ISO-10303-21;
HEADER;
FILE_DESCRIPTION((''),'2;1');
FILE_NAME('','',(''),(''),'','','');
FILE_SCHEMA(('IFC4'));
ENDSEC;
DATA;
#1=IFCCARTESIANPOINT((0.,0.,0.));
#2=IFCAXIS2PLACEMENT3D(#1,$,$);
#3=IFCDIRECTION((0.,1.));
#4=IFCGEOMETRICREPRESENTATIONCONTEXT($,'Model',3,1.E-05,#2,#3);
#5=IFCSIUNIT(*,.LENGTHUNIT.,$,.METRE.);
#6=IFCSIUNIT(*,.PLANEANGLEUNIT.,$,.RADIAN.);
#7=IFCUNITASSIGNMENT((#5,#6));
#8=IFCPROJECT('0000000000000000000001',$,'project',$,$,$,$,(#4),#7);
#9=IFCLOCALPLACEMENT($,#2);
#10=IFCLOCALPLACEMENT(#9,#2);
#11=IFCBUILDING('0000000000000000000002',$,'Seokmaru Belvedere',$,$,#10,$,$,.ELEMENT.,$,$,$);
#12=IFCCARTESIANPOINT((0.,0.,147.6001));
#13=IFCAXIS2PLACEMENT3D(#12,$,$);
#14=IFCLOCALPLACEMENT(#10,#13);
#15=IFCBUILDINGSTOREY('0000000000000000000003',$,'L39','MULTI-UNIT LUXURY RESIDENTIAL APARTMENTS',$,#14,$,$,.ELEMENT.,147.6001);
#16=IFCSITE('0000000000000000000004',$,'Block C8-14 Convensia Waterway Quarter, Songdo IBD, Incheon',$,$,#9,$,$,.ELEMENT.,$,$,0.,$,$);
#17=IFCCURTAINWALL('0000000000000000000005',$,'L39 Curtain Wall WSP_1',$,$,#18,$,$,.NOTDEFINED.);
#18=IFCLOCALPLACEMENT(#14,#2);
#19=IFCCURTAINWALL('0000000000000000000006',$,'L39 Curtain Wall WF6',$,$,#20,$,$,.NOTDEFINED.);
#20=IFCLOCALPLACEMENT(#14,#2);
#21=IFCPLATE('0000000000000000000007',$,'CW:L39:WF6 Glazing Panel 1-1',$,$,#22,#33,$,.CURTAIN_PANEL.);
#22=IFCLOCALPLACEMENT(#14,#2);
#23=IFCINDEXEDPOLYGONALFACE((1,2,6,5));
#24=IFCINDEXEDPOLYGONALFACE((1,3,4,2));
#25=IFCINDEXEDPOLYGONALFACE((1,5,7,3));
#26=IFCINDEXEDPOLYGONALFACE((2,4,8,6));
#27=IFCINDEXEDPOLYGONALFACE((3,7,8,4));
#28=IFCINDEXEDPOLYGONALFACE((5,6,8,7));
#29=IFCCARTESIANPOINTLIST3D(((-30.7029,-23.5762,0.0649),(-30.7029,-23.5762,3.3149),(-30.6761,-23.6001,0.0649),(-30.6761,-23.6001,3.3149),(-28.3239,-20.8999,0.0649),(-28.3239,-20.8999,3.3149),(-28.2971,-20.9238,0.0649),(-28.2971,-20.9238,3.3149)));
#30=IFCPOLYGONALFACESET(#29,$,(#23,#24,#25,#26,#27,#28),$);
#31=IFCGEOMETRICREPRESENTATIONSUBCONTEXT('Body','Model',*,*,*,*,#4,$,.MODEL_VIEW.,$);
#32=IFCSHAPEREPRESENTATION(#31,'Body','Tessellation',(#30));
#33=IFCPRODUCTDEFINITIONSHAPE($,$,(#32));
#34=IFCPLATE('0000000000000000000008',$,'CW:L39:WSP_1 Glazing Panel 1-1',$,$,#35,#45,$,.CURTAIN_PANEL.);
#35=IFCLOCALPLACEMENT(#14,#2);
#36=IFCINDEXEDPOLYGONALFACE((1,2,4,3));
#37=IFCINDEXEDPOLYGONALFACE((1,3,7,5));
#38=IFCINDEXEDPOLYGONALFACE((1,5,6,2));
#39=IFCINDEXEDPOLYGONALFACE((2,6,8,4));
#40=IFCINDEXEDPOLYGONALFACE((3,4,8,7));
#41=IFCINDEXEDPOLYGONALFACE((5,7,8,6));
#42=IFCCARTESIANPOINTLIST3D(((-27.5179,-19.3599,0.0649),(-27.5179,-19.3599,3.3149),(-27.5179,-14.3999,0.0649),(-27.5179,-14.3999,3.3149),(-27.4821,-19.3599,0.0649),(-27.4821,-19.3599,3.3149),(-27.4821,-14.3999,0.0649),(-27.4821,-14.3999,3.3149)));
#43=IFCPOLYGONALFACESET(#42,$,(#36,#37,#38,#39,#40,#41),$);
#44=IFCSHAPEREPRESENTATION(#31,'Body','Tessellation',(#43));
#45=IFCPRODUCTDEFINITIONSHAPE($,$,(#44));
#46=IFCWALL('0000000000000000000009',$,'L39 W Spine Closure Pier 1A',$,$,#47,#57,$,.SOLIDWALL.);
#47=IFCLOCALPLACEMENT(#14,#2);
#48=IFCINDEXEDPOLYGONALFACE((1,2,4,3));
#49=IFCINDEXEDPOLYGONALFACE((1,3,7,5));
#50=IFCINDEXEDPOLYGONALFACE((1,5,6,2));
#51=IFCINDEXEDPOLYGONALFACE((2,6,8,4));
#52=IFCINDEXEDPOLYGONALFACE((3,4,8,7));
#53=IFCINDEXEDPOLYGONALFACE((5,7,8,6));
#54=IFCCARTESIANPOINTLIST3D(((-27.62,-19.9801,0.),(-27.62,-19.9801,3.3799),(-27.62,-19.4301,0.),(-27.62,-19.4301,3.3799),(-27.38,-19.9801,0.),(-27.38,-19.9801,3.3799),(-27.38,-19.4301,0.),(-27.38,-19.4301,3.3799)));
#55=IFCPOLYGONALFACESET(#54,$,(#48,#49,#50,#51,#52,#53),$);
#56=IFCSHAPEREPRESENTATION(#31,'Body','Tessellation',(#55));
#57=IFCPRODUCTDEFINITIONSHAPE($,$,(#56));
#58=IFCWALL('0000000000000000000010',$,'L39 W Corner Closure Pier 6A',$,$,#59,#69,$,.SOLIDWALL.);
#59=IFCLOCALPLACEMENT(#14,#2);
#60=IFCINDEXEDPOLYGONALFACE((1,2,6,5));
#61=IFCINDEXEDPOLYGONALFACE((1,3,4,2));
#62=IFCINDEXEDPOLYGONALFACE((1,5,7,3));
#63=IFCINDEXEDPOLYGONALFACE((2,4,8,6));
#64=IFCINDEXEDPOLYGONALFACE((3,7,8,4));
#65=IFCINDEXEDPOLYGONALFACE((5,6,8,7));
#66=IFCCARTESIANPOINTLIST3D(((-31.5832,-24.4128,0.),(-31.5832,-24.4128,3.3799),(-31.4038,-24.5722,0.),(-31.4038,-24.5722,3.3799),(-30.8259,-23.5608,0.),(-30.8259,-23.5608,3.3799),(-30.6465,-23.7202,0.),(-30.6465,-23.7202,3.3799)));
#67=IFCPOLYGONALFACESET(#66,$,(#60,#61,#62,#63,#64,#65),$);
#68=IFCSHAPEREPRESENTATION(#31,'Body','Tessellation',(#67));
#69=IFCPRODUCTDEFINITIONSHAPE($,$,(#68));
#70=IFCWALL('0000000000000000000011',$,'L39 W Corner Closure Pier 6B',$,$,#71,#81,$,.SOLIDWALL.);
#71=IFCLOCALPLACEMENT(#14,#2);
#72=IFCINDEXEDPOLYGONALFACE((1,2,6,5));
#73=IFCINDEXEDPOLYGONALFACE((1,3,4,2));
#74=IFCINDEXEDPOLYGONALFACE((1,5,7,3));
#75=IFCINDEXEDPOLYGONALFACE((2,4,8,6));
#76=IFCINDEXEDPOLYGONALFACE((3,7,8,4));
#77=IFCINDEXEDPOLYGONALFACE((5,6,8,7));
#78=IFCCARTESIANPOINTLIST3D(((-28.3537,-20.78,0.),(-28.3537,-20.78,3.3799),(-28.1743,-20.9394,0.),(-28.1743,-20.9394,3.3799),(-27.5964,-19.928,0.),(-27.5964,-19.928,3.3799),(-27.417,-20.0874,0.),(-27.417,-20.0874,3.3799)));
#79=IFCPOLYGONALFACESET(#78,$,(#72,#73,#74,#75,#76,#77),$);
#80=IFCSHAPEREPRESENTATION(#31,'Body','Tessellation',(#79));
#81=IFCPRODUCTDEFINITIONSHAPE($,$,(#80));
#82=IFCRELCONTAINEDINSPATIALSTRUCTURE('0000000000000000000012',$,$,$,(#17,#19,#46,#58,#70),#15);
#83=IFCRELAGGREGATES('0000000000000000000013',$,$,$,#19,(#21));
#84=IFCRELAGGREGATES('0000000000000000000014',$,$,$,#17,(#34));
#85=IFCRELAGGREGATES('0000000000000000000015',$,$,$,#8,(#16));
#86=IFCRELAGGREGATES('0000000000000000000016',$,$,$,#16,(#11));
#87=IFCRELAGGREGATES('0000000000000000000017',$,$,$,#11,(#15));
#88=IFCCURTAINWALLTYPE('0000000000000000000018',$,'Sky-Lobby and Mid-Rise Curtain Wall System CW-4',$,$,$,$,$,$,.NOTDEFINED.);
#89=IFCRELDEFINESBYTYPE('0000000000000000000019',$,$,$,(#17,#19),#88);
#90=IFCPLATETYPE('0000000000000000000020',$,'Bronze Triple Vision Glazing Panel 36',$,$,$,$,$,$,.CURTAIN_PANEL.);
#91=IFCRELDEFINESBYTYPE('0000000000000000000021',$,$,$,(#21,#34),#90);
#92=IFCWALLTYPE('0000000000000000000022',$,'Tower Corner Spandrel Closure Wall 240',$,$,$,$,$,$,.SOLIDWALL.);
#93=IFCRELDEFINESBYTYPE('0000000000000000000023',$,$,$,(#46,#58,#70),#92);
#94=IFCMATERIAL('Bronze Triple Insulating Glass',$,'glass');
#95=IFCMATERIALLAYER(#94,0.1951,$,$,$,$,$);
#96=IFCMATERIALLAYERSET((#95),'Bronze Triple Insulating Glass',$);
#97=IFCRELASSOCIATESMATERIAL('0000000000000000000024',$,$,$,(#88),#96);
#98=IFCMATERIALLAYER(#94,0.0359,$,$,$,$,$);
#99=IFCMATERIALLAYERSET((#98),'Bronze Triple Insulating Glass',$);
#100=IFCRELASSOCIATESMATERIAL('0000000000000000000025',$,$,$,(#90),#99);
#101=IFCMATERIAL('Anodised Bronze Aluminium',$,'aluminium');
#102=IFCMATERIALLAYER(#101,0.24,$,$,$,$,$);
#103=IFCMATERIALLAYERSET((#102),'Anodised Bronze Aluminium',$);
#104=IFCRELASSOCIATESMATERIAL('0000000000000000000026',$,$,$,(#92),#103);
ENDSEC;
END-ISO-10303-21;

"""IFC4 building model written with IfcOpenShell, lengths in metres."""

from ifc_helpers import new_model, si_unit, direction, frame, frame_2d, origin, origin_2d, place, context, subcontext, project, spatial, rectangle, extrude, source, transform, mapped, material, layer, layer_set, type_object, type_shapes, element, aggregate, save


model = new_model("IFC4")

# Units and contexts
model_context = context("Model", 3, precision=1e-05, world=origin(), true_north=direction((0.0, 1.0)))
body_context = subcontext(model_context, "Body", "Model", "MODEL_VIEW")
ifc_project = project(units=[si_unit("LENGTHUNIT", "METRE"), si_unit("PLANEANGLEUNIT", "RADIAN")], contexts=[model_context])

# Site, building, storey
site_placement = place(None, origin())
site = spatial("IfcSite", under=ifc_project, at=site_placement, Name="Block C8-14 Convensia Waterway Quarter, Songdo IBD, Incheon", CompositionType="ELEMENT", RefElevation=0.0)
building_placement = place(site_placement, origin())
building = spatial("IfcBuilding", under=site, at=building_placement, Name="Seokmaru Belvedere", CompositionType="ELEMENT")
storey_placement = place(building_placement, frame((0.0, 0.0, 147.6001)))
storey = spatial("IfcBuildingStorey", under=building, at=storey_placement, Name="L39", Description="MULTI-UNIT LUXURY RESIDENTIAL APARTMENTS", CompositionType="ELEMENT", Elevation=147.6001)

# Curtain wall
ifc_material_1 = material(Name="Bronze Triple Insulating Glass", Category="glass")
ifc_layer_1 = layer(ifc_material_1, 0.1951)
ifc_layer_set_1 = layer_set([ifc_layer_1], Name="Bronze Triple Insulating Glass")
curtain_wall_type = type_object("IfcCurtainWallType", Name="Sky-Lobby and Mid-Rise Curtain Wall System CW-4", PredefinedType="NOTDEFINED", material=ifc_layer_set_1)
curtain_wall_1_placement = place(storey_placement, origin())
curtain_wall_1 = element("IfcCurtainWall", 1, at=curtain_wall_1_placement, inside=storey, type_object=curtain_wall_type, Name="L39 Curtain Wall WSP_1", PredefinedType="NOTDEFINED")
ifc_material_2 = material(Name="Anodised Bronze Aluminium", Category="aluminium")

# Curtain wall
curtain_wall_2_placement = place(storey_placement, origin())
curtain_wall_2 = element("IfcCurtainWall", 2, at=curtain_wall_2_placement, inside=storey, type_object=curtain_wall_type, Name="L39 Curtain Wall WF6", PredefinedType="NOTDEFINED")

# Plates
ifc_layer_2 = layer(ifc_material_1, 0.0359)
ifc_layer_set_2 = layer_set([ifc_layer_2], Name="Bronze Triple Insulating Glass")
plate_type = type_object("IfcPlateType", Name="Bronze Triple Vision Glazing Panel 36", PredefinedType="CURTAIN_PANEL", material=ifc_layer_set_2)
shared_shape_1 = source(origin(), body_context, "Body", "SweptSolid", [
    extrude(rectangle(XDim=3.5808, YDim=0.0359, at=origin_2d()), origin(), (0.0, 0.0, 1.0), 3.25),
])
plate_1_placement = place(storey_placement, frame((-29.5, -22.25, 0.0649), z_axis=(0.0, 0.0, 1.0), x_axis=(0.664363, 0.74741, 0.0)))
plate_1 = element("IfcPlate", 3, at=plate_1_placement, type_object=plate_type, Name="CW:L39:WF6 Glazing Panel 1-1", PredefinedType="CURTAIN_PANEL", context=body_context, shape_type="MappedRepresentation", body=[
    mapped(shared_shape_1, transform((0.0, 0.0, 0.0), scale=1.0)),
])
aggregate(curtain_wall_2, [plate_1])
shared_shape_2 = source(origin(), body_context, "Body", "SweptSolid", [
    extrude(rectangle(XDim=4.96, YDim=0.0359, at=origin_2d()), origin(), (0.0, 0.0, 1.0), 3.25),
])
type_shapes(plate_type, [shared_shape_1, shared_shape_2])
plate_2_placement = place(storey_placement, frame((-27.5, -16.8799, 0.0649), z_axis=(0.0, 0.0, 1.0), x_axis=(0.0, 1.0, 0.0)))
plate_2 = element("IfcPlate", 4, at=plate_2_placement, type_object=plate_type, Name="CW:L39:WSP_1 Glazing Panel 1-1", PredefinedType="CURTAIN_PANEL", context=body_context, shape_type="MappedRepresentation", body=[
    mapped(shared_shape_2, transform((0.0, 0.0, 0.0), scale=1.0)),
])
aggregate(curtain_wall_1, [plate_2])

# Walls
ifc_layer_3 = layer(ifc_material_2, 0.24)
ifc_layer_set_3 = layer_set([ifc_layer_3], Name="Anodised Bronze Aluminium")
wall_type = type_object("IfcWallType", Name="Tower Corner Spandrel Closure Wall 240", PredefinedType="SOLIDWALL", material=ifc_layer_set_3)
wall_placement = place(storey_placement, frame((-27.5, -19.98, 0.0), z_axis=(0.0, 0.0, 1.0), x_axis=(0.0, 1.0, 0.0)))
element("IfcWall", 5, at=wall_placement, inside=storey, type_object=wall_type, Name="L39 W Spine Closure Pier 1A", PredefinedType="SOLIDWALL", context=body_context, shape_type="SweptSolid", body=[
    extrude(rectangle(XDim=0.55, YDim=0.24, at=frame_2d((0.2749, 0.0))), origin(), (0.0, 0.0, 1.0), 3.3799),
])
for number, where, z_axis, x_axis, name in (
    (6, (-31.4934, -24.4924, 0.0), (0.0, 0.0, 1.0), (0.664337, 0.747433, 0.0), "L39 W Corner Closure Pier 6A"),
    (7, (-28.2639, -20.8596, 0.0), (0.0, 0.0, 1.0), (0.664337, 0.747433, 0.0), "L39 W Corner Closure Pier 6B"),
):
    element("IfcWall", number, at=place(storey_placement, frame(where, z_axis=z_axis, x_axis=x_axis)), inside=storey, type_object=wall_type, Name=name, PredefinedType="SOLIDWALL", context=body_context, shape_type="SweptSolid", body=[
        extrude(rectangle(XDim=1.1399, YDim=0.24, at=frame_2d((0.5698, 0.0))), origin(), (0.0, 0.0, 1.0), 3.3799),
    ])

save(model, "model.ifc")
